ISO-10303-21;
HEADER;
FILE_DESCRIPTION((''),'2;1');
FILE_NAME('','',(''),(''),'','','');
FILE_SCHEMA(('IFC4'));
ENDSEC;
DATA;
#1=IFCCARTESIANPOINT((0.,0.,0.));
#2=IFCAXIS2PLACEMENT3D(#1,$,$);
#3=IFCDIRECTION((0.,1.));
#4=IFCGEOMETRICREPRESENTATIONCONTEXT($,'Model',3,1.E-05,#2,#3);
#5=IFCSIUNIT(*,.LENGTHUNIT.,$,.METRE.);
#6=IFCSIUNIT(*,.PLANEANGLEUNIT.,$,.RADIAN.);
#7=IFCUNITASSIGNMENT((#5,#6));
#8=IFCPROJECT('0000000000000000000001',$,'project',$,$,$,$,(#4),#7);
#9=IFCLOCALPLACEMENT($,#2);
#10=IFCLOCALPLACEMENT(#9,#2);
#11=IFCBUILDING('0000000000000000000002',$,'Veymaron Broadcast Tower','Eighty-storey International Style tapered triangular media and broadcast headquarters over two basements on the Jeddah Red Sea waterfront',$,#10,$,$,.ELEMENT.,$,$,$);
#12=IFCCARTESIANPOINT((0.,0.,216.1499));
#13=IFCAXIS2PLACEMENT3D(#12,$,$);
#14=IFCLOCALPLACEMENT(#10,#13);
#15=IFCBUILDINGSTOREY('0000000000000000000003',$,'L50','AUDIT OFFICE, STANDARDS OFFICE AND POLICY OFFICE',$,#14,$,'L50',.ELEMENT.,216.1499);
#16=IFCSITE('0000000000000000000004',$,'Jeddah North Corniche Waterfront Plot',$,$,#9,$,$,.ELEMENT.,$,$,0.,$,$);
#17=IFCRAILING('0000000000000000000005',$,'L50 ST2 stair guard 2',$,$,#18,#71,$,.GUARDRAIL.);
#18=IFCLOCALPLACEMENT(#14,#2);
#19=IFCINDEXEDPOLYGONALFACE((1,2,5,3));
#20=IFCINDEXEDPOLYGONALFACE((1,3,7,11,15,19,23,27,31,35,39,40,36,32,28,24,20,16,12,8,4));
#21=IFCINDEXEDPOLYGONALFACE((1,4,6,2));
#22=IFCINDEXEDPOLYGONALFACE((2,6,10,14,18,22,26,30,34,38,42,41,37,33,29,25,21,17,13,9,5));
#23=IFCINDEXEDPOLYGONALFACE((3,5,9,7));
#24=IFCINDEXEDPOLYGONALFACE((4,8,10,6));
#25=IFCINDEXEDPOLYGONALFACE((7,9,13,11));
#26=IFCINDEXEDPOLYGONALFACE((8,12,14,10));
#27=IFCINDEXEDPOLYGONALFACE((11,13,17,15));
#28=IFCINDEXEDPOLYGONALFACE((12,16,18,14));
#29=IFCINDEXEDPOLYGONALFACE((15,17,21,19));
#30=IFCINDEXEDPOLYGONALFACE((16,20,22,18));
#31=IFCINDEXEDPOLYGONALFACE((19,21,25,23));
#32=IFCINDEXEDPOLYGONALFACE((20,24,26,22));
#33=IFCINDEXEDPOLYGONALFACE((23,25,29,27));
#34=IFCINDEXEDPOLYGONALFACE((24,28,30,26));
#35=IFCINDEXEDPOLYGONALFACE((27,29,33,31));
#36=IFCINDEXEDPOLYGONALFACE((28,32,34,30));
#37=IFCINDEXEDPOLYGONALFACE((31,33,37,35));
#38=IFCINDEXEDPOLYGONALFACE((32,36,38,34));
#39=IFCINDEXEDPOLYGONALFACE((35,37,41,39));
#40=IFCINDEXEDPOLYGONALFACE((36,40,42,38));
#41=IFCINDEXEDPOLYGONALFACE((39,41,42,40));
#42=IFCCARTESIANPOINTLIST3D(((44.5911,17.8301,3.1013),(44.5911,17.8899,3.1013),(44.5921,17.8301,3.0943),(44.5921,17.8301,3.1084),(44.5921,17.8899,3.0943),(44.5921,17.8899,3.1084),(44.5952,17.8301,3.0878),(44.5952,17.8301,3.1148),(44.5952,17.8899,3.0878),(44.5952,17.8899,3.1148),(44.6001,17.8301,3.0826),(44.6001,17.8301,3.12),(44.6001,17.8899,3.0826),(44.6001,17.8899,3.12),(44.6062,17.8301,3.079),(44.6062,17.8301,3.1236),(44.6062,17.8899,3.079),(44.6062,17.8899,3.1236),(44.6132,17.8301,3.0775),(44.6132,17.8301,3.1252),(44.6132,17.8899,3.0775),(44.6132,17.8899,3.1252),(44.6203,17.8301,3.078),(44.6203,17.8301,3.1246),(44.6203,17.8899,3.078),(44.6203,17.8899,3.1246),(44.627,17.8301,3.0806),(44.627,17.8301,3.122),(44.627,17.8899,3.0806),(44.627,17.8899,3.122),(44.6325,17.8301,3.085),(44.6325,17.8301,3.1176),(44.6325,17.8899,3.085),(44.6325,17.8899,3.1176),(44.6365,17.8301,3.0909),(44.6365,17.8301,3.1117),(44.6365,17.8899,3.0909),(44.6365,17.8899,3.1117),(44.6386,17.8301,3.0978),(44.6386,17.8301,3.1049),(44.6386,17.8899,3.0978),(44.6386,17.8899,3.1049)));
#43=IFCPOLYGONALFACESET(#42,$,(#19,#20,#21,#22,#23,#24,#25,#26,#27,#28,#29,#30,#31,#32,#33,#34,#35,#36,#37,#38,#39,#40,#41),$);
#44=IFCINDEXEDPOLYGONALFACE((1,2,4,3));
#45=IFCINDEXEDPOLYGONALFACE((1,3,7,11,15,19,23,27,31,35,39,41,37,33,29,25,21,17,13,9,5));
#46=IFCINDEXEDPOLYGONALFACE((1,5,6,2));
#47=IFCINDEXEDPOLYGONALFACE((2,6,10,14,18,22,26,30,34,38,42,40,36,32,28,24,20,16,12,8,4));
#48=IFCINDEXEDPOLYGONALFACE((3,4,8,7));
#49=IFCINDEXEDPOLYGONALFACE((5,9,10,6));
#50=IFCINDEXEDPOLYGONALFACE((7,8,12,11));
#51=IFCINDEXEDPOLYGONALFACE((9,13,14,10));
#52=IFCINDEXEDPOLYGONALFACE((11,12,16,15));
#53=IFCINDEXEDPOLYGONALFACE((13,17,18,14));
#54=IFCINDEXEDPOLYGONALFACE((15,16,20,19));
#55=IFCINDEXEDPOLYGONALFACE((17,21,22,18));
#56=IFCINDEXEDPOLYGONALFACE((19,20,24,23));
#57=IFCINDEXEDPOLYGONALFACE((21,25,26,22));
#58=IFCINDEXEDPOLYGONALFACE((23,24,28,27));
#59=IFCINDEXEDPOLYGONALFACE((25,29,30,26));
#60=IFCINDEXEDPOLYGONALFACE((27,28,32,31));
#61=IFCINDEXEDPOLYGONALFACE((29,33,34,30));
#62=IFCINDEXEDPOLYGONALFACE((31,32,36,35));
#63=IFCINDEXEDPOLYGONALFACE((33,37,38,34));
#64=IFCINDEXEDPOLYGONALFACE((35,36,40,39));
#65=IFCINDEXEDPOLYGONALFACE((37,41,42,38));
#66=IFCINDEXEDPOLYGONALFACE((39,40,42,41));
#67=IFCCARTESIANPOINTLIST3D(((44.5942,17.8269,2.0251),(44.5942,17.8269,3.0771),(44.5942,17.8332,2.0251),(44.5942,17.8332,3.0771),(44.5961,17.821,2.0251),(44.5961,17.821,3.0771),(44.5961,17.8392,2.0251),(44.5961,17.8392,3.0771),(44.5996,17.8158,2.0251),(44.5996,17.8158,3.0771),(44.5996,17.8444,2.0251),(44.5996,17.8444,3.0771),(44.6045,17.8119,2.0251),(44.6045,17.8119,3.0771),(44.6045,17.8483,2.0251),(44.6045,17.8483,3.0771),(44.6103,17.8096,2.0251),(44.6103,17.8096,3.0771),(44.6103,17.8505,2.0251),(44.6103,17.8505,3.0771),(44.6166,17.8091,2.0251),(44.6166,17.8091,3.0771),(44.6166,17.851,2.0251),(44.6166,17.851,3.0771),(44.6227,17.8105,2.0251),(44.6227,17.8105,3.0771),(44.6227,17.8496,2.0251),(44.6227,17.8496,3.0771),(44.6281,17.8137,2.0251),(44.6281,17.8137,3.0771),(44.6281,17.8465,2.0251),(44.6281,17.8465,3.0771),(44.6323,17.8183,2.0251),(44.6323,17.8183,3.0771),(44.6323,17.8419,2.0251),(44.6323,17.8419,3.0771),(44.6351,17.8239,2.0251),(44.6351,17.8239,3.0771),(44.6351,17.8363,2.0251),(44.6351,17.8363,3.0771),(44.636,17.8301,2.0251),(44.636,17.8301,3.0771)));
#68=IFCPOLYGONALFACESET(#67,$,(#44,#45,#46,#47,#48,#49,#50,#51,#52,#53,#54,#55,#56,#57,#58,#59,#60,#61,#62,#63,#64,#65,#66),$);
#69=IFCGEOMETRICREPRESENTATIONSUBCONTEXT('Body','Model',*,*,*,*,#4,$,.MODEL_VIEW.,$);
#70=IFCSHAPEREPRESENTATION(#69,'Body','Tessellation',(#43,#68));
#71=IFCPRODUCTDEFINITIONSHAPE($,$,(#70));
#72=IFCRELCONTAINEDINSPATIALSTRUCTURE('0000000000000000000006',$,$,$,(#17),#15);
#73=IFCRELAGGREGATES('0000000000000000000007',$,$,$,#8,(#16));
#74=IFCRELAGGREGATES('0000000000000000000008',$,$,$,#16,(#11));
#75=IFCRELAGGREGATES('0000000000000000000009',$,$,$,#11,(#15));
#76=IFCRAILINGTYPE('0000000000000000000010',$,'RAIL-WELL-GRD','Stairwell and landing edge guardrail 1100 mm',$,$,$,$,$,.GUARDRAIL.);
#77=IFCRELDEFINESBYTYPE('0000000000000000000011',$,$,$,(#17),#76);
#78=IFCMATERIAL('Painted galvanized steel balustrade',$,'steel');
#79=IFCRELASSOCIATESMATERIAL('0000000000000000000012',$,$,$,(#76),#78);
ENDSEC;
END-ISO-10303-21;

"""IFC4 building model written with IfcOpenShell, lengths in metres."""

from ifc_helpers import new_model, si_unit, direction, frame, origin, origin_2d, place, context, subcontext, project, spatial, circle, extrude, material, type_object, element, save


model = new_model("IFC4")

# Units and contexts
model_context = context("Model", 3, precision=1e-05, world=origin(), true_north=direction((0.0, 1.0)))
body_context = subcontext(model_context, "Body", "Model", "MODEL_VIEW")
ifc_project = project(units=[si_unit("LENGTHUNIT", "METRE"), si_unit("PLANEANGLEUNIT", "RADIAN")], contexts=[model_context])

# Site, building, storey
site_placement = place(None, origin())
site = spatial("IfcSite", under=ifc_project, at=site_placement, Name="Jeddah North Corniche Waterfront Plot", CompositionType="ELEMENT", RefElevation=0.0)
building_placement = place(site_placement, origin())
building = spatial("IfcBuilding", under=site, at=building_placement, Name="Veymaron Broadcast Tower", Description="Eighty-storey International Style tapered triangular media and broadcast headquarters over two basements on the Jeddah Red Sea waterfront", CompositionType="ELEMENT")
storey_placement = place(building_placement, frame((0.0, 0.0, 216.1499)))
storey = spatial("IfcBuildingStorey", under=building, at=storey_placement, Name="L50", Description="AUDIT OFFICE, STANDARDS OFFICE AND POLICY OFFICE", LongName="L50", CompositionType="ELEMENT", Elevation=216.1499)

# Railing
ifc_material_1 = material(Name="Painted galvanized steel balustrade", Category="steel")
railing_type_1 = type_object("IfcRailingType", Name="RAIL-WELL-GRD", Description="Stairwell and landing edge guardrail 1100 mm", PredefinedType="GUARDRAIL", material=ifc_material_1)
railing_1_placement = place(storey_placement, frame((44.615, 17.8301, 2.0251)))
element("IfcRailing", 1, at=railing_1_placement, inside=storey, type_object=railing_type_1, Name="L50 ST2 stair guard 2", PredefinedType="GUARDRAIL", context=body_context, shape_type="SweptSolid", body=[
    extrude(circle(Radius=0.0239, at=origin_2d()), frame((0.0, 0.0, 1.0762), z_axis=(0.0, 1.0, 0.0), x_axis=(-1.0, 0.0, 0.0)), (0.0, 0.0, 1.0), 0.0598),
    extrude(circle(Radius=0.021, at=origin_2d()), origin(), (0.0, 0.0, 1.0), 1.052),
])

save(model, "model.ifc")
